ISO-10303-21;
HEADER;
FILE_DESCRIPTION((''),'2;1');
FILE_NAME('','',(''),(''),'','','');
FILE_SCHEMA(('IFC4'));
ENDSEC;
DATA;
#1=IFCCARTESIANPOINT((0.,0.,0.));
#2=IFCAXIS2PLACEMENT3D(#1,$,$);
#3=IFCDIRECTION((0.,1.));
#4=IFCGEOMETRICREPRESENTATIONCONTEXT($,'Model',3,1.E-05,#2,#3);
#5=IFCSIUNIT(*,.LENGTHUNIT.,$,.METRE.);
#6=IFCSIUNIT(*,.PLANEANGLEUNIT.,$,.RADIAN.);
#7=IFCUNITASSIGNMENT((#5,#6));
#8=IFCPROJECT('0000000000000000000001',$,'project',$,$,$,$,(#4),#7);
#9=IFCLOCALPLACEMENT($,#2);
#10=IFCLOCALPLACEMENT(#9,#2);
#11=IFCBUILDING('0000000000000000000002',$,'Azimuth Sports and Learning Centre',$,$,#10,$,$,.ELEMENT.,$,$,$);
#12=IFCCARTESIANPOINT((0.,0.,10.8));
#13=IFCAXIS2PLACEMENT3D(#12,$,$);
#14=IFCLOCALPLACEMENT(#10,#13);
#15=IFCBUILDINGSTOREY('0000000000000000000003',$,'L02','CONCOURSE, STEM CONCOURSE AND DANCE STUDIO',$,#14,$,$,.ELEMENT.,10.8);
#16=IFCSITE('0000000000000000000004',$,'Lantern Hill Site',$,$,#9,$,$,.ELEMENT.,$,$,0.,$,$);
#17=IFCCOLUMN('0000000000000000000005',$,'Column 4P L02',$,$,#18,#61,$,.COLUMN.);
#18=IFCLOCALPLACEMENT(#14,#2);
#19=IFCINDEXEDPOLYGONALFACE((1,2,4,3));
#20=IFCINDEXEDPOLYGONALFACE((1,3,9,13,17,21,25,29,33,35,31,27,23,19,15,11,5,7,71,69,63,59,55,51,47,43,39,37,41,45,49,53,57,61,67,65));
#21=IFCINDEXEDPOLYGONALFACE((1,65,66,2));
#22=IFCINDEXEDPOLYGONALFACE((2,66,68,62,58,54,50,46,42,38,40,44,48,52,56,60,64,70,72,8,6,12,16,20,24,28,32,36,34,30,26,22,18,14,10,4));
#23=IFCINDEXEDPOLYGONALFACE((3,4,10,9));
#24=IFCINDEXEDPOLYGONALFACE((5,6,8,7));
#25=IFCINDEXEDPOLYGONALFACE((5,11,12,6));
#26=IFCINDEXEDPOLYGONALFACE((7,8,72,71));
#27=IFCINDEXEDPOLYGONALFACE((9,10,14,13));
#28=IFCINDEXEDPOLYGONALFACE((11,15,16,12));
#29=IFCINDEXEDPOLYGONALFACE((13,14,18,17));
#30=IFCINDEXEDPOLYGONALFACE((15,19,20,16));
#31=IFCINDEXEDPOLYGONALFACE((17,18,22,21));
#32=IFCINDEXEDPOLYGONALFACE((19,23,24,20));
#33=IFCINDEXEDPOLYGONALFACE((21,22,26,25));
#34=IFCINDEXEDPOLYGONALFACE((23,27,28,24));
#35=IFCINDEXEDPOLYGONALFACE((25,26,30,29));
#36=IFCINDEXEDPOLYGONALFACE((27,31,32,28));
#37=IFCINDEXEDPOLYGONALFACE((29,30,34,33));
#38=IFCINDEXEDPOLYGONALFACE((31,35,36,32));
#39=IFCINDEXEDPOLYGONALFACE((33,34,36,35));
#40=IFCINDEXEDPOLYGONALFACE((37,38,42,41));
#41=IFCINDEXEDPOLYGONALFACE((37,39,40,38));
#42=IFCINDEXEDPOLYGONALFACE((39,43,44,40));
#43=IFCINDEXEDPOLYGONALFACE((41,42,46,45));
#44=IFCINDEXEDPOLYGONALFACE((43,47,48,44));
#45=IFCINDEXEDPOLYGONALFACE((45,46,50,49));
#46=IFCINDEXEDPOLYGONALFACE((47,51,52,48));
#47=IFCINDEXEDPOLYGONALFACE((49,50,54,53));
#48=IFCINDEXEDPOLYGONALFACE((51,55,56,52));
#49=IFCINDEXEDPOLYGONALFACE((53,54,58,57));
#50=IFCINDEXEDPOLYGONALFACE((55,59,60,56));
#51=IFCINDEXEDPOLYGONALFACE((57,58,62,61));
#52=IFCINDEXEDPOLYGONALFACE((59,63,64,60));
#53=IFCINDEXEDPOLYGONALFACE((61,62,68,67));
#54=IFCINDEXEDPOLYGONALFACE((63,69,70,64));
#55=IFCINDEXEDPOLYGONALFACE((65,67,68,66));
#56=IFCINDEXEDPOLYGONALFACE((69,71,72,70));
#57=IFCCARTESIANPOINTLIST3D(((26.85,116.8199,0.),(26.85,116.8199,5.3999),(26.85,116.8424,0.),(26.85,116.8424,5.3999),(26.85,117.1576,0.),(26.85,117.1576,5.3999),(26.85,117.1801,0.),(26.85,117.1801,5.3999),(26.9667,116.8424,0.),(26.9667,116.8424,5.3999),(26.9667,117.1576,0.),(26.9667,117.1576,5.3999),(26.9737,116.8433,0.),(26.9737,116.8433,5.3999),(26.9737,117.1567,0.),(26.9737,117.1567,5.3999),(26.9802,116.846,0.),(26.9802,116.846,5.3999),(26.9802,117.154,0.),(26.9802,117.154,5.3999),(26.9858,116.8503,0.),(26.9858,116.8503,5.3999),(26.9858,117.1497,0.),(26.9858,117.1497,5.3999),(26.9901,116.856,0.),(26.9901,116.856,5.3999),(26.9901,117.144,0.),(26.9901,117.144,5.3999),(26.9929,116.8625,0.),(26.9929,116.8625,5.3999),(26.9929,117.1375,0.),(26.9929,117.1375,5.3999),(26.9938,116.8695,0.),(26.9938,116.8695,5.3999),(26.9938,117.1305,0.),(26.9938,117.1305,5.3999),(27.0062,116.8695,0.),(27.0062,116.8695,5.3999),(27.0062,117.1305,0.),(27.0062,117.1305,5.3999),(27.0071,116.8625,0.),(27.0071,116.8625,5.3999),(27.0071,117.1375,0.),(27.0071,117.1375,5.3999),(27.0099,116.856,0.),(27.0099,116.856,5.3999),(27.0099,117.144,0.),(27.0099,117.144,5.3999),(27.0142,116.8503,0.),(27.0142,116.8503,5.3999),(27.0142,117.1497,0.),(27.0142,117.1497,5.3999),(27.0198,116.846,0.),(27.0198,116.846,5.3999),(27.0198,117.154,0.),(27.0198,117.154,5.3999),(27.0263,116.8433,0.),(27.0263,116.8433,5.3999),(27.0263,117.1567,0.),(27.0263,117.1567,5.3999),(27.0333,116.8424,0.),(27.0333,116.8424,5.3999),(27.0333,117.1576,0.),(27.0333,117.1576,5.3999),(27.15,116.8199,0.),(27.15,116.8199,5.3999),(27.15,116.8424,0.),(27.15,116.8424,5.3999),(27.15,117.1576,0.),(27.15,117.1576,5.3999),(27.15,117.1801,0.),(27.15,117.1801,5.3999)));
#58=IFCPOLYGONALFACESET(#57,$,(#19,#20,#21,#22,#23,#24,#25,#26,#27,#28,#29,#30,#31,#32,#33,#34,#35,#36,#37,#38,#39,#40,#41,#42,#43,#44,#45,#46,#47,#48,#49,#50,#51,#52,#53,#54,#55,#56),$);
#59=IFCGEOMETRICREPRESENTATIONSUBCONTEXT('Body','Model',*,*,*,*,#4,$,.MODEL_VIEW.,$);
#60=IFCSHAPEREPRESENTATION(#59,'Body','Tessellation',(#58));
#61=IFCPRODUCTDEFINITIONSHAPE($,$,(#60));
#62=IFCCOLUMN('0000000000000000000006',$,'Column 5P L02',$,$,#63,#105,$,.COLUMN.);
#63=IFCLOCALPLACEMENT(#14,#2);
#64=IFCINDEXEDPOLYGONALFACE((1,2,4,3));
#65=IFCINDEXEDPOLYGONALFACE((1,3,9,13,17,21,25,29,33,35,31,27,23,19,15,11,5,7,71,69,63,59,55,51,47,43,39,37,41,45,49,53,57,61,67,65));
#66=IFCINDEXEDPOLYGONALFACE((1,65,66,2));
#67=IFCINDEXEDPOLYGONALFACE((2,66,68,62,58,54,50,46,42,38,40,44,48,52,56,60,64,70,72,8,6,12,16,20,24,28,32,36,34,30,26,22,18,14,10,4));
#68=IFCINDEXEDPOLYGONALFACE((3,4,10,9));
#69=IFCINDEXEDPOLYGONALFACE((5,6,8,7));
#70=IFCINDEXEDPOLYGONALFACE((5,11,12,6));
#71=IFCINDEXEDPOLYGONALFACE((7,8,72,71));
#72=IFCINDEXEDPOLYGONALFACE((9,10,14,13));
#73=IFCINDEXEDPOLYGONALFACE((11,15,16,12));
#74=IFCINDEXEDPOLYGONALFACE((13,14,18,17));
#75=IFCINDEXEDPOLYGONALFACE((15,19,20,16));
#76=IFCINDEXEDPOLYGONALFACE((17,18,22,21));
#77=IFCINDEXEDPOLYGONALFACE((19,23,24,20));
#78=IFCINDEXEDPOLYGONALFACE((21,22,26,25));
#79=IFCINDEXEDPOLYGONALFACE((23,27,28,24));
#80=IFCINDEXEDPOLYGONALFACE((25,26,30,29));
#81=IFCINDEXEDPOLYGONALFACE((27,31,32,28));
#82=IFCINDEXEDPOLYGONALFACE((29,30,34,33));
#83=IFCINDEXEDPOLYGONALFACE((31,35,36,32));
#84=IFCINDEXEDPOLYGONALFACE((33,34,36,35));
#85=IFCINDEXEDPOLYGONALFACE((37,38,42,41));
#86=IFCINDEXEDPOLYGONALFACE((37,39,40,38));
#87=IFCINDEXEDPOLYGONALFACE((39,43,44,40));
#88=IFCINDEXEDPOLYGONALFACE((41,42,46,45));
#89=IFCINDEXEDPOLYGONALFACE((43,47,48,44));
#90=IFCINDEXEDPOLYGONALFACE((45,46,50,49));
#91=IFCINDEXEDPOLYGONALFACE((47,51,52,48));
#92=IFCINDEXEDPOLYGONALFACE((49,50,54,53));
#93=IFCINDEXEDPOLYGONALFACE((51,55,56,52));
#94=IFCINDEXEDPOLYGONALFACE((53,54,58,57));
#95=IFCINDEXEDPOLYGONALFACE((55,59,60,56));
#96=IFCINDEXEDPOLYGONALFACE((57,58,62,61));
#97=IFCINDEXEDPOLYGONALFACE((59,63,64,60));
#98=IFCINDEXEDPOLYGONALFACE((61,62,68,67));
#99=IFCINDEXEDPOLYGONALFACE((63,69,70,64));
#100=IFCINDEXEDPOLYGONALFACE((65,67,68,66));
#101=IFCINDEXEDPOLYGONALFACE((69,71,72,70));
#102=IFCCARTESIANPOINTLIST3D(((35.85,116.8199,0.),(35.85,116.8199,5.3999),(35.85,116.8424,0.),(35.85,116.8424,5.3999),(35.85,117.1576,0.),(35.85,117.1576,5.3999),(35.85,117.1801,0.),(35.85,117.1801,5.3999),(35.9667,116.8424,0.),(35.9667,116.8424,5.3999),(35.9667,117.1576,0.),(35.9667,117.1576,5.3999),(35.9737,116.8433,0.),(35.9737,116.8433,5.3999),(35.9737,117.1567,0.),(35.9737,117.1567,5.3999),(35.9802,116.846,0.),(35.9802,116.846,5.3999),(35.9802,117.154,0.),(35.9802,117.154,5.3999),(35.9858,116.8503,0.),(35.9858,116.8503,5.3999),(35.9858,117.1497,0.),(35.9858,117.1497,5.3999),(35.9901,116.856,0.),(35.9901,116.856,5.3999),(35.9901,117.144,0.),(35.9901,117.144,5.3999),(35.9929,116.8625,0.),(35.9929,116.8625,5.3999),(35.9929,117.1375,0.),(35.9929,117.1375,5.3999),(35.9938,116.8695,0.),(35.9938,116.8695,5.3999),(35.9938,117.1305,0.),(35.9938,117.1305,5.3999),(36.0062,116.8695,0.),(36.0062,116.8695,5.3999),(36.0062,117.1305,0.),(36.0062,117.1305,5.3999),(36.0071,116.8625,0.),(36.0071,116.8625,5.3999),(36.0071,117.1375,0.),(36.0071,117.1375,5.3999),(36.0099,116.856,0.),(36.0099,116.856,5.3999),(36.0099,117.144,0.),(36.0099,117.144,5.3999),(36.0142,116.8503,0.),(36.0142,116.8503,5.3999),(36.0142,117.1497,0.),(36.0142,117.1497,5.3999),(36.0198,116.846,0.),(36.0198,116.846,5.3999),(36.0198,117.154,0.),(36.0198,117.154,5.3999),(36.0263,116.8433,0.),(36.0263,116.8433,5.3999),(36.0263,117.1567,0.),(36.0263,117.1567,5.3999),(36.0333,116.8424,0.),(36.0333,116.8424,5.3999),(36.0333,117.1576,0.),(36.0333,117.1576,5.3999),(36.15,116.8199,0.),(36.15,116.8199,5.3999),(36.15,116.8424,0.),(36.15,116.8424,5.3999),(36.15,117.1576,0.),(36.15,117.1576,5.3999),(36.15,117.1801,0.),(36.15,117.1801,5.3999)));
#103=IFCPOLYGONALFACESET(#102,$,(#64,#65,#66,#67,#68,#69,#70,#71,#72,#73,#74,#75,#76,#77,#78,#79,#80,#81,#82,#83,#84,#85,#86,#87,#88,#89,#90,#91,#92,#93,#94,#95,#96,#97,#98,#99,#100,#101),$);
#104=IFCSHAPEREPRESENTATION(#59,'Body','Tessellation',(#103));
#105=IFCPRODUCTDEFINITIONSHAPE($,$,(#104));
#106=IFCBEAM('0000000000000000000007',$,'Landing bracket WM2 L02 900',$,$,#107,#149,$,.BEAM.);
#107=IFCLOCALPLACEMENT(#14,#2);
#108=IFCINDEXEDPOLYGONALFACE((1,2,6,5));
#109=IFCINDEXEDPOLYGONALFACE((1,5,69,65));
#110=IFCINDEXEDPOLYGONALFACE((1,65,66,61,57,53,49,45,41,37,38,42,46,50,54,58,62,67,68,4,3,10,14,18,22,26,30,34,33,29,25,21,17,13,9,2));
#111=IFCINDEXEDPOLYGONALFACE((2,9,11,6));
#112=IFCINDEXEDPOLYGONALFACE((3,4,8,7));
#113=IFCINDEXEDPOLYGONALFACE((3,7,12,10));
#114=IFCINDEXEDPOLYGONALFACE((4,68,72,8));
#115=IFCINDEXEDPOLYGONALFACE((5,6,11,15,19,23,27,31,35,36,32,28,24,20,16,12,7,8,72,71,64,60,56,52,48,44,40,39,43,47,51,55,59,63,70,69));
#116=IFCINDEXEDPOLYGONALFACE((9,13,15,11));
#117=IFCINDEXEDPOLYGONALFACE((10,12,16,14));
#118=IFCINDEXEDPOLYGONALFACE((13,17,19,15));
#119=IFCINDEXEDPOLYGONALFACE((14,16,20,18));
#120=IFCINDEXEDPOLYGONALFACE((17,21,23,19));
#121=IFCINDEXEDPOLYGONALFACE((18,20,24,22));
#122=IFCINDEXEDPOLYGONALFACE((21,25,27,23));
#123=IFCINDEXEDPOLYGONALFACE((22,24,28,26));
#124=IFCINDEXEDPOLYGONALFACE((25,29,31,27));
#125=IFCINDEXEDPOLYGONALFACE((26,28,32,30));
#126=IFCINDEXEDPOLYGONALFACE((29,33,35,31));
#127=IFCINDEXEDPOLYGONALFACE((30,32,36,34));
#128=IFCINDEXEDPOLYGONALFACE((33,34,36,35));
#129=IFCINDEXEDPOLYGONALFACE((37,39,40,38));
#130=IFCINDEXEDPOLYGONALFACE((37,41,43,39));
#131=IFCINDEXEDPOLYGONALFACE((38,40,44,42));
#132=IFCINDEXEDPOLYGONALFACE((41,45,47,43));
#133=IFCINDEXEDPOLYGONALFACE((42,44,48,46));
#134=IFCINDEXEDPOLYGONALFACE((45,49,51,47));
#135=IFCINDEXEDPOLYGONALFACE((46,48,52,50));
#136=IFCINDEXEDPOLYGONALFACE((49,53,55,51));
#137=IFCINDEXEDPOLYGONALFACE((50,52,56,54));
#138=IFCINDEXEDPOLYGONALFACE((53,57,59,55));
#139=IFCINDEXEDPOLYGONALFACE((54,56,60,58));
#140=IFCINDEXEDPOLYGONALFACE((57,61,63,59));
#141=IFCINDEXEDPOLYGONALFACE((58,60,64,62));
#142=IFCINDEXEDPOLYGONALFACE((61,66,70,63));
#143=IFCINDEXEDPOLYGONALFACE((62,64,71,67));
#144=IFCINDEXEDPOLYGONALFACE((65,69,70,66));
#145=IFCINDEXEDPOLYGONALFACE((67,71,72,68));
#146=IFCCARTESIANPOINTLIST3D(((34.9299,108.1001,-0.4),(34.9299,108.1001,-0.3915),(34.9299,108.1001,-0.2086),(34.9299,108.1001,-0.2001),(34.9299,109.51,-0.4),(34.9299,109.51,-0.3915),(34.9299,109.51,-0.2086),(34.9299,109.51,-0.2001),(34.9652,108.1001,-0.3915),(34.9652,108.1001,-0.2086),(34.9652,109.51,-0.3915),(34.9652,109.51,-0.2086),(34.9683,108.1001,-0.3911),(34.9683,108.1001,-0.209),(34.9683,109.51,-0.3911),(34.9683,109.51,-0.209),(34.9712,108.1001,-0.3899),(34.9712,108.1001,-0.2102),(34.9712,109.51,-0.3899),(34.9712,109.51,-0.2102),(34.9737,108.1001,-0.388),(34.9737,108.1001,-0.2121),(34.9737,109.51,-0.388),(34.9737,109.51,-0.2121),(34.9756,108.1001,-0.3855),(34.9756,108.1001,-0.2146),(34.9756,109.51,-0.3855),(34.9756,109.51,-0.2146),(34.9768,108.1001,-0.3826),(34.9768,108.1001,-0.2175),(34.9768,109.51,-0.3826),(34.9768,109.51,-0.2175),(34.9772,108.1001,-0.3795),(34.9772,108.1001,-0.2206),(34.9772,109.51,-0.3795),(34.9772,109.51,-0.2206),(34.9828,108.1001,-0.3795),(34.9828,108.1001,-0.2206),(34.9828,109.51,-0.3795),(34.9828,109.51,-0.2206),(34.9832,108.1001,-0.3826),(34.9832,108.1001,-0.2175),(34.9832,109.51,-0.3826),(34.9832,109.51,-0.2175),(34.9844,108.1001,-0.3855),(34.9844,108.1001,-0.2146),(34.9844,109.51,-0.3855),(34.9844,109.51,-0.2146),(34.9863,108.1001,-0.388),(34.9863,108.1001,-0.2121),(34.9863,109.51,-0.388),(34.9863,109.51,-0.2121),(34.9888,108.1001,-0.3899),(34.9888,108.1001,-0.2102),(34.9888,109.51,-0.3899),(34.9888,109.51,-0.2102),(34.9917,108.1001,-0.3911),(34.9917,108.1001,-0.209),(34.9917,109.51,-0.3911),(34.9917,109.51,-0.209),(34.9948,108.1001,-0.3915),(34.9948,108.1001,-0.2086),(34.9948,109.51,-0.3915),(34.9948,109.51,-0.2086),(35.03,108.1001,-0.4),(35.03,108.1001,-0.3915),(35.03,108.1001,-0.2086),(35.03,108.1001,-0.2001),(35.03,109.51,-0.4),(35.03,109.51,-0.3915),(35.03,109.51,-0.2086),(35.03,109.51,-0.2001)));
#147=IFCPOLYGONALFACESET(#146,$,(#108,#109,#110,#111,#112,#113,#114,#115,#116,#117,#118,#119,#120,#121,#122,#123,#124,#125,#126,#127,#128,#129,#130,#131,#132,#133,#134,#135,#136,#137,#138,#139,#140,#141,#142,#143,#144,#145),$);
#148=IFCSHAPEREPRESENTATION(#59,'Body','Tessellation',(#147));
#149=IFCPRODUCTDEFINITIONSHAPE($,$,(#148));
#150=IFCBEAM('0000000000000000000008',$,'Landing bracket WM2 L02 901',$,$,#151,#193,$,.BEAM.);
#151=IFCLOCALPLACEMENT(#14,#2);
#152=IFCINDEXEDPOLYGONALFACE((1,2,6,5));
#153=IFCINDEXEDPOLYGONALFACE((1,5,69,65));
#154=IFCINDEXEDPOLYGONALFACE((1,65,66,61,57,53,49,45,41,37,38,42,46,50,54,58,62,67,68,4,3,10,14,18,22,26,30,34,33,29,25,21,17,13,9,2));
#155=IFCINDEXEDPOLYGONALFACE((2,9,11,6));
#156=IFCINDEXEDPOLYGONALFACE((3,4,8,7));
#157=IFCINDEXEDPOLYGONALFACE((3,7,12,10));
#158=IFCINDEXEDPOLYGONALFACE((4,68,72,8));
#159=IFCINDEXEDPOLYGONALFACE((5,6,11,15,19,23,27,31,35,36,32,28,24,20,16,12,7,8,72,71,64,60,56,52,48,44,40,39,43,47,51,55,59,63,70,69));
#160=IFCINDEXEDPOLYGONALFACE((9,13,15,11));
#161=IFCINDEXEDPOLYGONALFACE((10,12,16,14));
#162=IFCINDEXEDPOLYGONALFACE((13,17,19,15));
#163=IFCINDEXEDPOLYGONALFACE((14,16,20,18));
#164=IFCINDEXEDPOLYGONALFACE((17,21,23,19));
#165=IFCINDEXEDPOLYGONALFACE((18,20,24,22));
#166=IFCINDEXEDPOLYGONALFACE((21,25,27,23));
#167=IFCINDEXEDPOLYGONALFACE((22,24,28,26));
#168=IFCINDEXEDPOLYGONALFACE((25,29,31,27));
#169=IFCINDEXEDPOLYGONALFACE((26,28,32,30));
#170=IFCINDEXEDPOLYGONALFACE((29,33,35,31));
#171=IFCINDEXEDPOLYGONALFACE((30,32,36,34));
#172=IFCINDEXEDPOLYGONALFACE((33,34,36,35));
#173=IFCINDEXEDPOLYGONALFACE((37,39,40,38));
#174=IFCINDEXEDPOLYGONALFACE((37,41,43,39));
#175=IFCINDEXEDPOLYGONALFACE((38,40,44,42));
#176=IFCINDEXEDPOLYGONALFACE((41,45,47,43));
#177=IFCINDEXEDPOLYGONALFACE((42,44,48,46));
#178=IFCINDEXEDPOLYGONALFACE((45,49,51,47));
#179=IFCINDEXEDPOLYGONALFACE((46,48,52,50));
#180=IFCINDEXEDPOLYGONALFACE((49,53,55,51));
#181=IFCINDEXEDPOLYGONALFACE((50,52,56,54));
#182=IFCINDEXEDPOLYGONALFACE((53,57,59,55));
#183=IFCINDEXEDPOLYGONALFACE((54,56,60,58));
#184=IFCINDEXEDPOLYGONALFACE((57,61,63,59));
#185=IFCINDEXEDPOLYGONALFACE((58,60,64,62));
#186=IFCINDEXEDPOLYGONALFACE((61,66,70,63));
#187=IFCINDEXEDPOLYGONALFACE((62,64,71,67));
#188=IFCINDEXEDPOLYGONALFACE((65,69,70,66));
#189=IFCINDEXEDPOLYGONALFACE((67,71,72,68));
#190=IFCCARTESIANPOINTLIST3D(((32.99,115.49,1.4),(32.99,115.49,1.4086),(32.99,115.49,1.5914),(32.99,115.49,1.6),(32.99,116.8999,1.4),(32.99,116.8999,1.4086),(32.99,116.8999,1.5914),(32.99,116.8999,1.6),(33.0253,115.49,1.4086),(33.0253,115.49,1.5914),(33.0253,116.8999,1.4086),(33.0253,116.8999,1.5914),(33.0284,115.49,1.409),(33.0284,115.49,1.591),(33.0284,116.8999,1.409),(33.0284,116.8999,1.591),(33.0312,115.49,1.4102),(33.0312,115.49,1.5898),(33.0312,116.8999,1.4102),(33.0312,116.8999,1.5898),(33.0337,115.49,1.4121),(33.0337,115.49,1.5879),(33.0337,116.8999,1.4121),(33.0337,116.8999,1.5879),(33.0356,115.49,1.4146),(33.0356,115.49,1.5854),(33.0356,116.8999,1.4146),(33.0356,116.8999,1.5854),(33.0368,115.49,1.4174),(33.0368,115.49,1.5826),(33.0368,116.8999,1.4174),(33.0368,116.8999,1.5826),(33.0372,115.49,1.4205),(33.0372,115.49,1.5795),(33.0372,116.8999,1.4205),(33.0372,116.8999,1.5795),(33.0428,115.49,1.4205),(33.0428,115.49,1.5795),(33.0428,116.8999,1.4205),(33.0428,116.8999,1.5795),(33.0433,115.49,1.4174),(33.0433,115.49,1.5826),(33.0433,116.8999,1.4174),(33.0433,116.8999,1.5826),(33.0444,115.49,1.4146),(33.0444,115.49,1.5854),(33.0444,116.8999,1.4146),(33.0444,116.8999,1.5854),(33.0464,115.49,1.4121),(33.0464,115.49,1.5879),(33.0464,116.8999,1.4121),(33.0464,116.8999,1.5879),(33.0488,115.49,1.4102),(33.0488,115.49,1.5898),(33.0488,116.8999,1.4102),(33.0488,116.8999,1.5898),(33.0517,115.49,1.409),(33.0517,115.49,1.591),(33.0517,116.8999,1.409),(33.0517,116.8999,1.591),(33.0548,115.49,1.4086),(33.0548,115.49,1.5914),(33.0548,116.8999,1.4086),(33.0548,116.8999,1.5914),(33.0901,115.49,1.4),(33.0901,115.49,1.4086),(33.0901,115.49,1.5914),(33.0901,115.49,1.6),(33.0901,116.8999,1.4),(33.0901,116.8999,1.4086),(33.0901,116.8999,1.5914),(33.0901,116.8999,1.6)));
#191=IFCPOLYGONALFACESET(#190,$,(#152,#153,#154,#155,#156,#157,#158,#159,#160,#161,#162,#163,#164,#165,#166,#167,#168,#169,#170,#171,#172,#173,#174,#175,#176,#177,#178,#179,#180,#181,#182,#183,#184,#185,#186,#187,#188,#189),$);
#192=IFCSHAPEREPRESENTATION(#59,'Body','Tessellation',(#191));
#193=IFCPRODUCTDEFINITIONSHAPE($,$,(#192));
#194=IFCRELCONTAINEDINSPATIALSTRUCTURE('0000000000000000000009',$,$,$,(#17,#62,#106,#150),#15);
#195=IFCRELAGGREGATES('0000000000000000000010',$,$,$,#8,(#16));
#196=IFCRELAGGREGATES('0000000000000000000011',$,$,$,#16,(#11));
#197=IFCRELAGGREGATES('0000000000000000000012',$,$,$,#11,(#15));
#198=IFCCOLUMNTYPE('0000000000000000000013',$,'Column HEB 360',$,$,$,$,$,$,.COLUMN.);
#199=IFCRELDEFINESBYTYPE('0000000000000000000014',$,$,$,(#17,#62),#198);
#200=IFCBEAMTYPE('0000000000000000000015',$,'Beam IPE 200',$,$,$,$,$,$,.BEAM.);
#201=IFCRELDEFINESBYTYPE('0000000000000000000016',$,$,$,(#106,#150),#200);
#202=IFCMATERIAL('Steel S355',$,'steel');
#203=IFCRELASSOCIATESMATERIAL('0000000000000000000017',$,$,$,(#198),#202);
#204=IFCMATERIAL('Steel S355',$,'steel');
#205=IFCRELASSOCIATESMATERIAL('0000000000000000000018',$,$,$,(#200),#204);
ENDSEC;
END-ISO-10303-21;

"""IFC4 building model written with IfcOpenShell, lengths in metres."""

from ifc_helpers import new_model, si_unit, direction, frame, origin, origin_2d, place, context, subcontext, project, spatial, i_section, extrude, material, material_profile, profile_set, type_object, element, save


model = new_model("IFC4")

# Units and contexts
model_context = context("Model", 3, precision=1e-05, world=origin(), true_north=direction((0.0, 1.0)))
body_context = subcontext(model_context, "Body", "Model", "MODEL_VIEW")
ifc_project = project(units=[si_unit("LENGTHUNIT", "METRE"), si_unit("PLANEANGLEUNIT", "RADIAN")], contexts=[model_context])

# Site, building, storey
site_placement = place(None, origin())
site = spatial("IfcSite", under=ifc_project, at=site_placement, Name="Lantern Hill Site", CompositionType="ELEMENT", RefElevation=0.0)
building_placement = place(site_placement, origin())
building = spatial("IfcBuilding", under=site, at=building_placement, Name="Azimuth Sports and Learning Centre", CompositionType="ELEMENT")
storey_placement = place(building_placement, frame((0.0, 0.0, 10.8)))
storey = spatial("IfcBuildingStorey", under=building, at=storey_placement, Name="L02", Description="CONCOURSE, STEM CONCOURSE AND DANCE STUDIO", CompositionType="ELEMENT", Elevation=10.8)

# Columns
ifc_material_1 = material(Name="Steel S355", Category="steel")
ifc_material_profile_1 = material_profile(ifc_material_1, i_section(OverallWidth=0.3, OverallDepth=0.3601, WebThickness=0.0125, FlangeThickness=0.0225, FilletRadius=0.0271, at=origin_2d()), Name="HEB 360")
ifc_profile_set_1 = profile_set([ifc_material_profile_1], Name="Steel S355")
column_type = type_object("IfcColumnType", Name="Column HEB 360", PredefinedType="COLUMN", material=ifc_profile_set_1)
for number, where, z_axis, x_axis, name in (
    (1, (27.0, 117.0, 0.0), (0.0, 0.0, 1.0), (1.0, 0.0, 0.0), "Column 4P L02"),
    (2, (36.0, 117.0, 0.0), (0.0, 0.0, 1.0), (1.0, 0.0, 0.0), "Column 5P L02"),
):
    element("IfcColumn", number, at=place(storey_placement, frame(where, z_axis=z_axis, x_axis=x_axis)), inside=storey, type_object=column_type, Name=name, PredefinedType="COLUMN", context=body_context, shape_type="SweptSolid", body=[
        extrude(i_section(OverallWidth=0.3, OverallDepth=0.3601, WebThickness=0.0125, FlangeThickness=0.0225, FilletRadius=0.0271, at=origin_2d()), origin(), (0.0, 0.0, 1.0), 5.3999),
    ])

# Beams
ifc_material_2 = material(Name="Steel S355", Category="steel")
ifc_material_profile_2 = material_profile(ifc_material_2, i_section(OverallWidth=0.1001, OverallDepth=0.2, WebThickness=0.0056, FlangeThickness=0.0085, FilletRadius=0.012, at=origin_2d()), Name="IPE 200")
ifc_profile_set_2 = profile_set([ifc_material_profile_2], Name="Steel S355")
beam_type_1 = type_object("IfcBeamType", Name="Beam IPE 200", PredefinedType="BEAM", material=ifc_profile_set_2)
for number, where, z_axis, x_axis, name in (
    (3, (34.98, 108.1001, -0.3), (0.0, 1.0, 0.0), (-1.0, 0.0, 0.0), "Landing bracket WM2 L02 900"),
    (4, (33.04, 116.8999, 1.5), (0.0, -1.0, 0.0), (1.0, 0.0, 0.0), "Landing bracket WM2 L02 901"),
):
    element("IfcBeam", number, at=place(storey_placement, frame(where, z_axis=z_axis, x_axis=x_axis)), inside=storey, type_object=beam_type_1, Name=name, PredefinedType="BEAM", context=body_context, shape_type="SweptSolid", body=[
        extrude(i_section(OverallWidth=0.1001, OverallDepth=0.2, WebThickness=0.0056, FlangeThickness=0.0085, FilletRadius=0.012, at=origin_2d()), origin(), (0.0, 0.0, 1.0), 1.4099),
    ])

save(model, "model.ifc")
